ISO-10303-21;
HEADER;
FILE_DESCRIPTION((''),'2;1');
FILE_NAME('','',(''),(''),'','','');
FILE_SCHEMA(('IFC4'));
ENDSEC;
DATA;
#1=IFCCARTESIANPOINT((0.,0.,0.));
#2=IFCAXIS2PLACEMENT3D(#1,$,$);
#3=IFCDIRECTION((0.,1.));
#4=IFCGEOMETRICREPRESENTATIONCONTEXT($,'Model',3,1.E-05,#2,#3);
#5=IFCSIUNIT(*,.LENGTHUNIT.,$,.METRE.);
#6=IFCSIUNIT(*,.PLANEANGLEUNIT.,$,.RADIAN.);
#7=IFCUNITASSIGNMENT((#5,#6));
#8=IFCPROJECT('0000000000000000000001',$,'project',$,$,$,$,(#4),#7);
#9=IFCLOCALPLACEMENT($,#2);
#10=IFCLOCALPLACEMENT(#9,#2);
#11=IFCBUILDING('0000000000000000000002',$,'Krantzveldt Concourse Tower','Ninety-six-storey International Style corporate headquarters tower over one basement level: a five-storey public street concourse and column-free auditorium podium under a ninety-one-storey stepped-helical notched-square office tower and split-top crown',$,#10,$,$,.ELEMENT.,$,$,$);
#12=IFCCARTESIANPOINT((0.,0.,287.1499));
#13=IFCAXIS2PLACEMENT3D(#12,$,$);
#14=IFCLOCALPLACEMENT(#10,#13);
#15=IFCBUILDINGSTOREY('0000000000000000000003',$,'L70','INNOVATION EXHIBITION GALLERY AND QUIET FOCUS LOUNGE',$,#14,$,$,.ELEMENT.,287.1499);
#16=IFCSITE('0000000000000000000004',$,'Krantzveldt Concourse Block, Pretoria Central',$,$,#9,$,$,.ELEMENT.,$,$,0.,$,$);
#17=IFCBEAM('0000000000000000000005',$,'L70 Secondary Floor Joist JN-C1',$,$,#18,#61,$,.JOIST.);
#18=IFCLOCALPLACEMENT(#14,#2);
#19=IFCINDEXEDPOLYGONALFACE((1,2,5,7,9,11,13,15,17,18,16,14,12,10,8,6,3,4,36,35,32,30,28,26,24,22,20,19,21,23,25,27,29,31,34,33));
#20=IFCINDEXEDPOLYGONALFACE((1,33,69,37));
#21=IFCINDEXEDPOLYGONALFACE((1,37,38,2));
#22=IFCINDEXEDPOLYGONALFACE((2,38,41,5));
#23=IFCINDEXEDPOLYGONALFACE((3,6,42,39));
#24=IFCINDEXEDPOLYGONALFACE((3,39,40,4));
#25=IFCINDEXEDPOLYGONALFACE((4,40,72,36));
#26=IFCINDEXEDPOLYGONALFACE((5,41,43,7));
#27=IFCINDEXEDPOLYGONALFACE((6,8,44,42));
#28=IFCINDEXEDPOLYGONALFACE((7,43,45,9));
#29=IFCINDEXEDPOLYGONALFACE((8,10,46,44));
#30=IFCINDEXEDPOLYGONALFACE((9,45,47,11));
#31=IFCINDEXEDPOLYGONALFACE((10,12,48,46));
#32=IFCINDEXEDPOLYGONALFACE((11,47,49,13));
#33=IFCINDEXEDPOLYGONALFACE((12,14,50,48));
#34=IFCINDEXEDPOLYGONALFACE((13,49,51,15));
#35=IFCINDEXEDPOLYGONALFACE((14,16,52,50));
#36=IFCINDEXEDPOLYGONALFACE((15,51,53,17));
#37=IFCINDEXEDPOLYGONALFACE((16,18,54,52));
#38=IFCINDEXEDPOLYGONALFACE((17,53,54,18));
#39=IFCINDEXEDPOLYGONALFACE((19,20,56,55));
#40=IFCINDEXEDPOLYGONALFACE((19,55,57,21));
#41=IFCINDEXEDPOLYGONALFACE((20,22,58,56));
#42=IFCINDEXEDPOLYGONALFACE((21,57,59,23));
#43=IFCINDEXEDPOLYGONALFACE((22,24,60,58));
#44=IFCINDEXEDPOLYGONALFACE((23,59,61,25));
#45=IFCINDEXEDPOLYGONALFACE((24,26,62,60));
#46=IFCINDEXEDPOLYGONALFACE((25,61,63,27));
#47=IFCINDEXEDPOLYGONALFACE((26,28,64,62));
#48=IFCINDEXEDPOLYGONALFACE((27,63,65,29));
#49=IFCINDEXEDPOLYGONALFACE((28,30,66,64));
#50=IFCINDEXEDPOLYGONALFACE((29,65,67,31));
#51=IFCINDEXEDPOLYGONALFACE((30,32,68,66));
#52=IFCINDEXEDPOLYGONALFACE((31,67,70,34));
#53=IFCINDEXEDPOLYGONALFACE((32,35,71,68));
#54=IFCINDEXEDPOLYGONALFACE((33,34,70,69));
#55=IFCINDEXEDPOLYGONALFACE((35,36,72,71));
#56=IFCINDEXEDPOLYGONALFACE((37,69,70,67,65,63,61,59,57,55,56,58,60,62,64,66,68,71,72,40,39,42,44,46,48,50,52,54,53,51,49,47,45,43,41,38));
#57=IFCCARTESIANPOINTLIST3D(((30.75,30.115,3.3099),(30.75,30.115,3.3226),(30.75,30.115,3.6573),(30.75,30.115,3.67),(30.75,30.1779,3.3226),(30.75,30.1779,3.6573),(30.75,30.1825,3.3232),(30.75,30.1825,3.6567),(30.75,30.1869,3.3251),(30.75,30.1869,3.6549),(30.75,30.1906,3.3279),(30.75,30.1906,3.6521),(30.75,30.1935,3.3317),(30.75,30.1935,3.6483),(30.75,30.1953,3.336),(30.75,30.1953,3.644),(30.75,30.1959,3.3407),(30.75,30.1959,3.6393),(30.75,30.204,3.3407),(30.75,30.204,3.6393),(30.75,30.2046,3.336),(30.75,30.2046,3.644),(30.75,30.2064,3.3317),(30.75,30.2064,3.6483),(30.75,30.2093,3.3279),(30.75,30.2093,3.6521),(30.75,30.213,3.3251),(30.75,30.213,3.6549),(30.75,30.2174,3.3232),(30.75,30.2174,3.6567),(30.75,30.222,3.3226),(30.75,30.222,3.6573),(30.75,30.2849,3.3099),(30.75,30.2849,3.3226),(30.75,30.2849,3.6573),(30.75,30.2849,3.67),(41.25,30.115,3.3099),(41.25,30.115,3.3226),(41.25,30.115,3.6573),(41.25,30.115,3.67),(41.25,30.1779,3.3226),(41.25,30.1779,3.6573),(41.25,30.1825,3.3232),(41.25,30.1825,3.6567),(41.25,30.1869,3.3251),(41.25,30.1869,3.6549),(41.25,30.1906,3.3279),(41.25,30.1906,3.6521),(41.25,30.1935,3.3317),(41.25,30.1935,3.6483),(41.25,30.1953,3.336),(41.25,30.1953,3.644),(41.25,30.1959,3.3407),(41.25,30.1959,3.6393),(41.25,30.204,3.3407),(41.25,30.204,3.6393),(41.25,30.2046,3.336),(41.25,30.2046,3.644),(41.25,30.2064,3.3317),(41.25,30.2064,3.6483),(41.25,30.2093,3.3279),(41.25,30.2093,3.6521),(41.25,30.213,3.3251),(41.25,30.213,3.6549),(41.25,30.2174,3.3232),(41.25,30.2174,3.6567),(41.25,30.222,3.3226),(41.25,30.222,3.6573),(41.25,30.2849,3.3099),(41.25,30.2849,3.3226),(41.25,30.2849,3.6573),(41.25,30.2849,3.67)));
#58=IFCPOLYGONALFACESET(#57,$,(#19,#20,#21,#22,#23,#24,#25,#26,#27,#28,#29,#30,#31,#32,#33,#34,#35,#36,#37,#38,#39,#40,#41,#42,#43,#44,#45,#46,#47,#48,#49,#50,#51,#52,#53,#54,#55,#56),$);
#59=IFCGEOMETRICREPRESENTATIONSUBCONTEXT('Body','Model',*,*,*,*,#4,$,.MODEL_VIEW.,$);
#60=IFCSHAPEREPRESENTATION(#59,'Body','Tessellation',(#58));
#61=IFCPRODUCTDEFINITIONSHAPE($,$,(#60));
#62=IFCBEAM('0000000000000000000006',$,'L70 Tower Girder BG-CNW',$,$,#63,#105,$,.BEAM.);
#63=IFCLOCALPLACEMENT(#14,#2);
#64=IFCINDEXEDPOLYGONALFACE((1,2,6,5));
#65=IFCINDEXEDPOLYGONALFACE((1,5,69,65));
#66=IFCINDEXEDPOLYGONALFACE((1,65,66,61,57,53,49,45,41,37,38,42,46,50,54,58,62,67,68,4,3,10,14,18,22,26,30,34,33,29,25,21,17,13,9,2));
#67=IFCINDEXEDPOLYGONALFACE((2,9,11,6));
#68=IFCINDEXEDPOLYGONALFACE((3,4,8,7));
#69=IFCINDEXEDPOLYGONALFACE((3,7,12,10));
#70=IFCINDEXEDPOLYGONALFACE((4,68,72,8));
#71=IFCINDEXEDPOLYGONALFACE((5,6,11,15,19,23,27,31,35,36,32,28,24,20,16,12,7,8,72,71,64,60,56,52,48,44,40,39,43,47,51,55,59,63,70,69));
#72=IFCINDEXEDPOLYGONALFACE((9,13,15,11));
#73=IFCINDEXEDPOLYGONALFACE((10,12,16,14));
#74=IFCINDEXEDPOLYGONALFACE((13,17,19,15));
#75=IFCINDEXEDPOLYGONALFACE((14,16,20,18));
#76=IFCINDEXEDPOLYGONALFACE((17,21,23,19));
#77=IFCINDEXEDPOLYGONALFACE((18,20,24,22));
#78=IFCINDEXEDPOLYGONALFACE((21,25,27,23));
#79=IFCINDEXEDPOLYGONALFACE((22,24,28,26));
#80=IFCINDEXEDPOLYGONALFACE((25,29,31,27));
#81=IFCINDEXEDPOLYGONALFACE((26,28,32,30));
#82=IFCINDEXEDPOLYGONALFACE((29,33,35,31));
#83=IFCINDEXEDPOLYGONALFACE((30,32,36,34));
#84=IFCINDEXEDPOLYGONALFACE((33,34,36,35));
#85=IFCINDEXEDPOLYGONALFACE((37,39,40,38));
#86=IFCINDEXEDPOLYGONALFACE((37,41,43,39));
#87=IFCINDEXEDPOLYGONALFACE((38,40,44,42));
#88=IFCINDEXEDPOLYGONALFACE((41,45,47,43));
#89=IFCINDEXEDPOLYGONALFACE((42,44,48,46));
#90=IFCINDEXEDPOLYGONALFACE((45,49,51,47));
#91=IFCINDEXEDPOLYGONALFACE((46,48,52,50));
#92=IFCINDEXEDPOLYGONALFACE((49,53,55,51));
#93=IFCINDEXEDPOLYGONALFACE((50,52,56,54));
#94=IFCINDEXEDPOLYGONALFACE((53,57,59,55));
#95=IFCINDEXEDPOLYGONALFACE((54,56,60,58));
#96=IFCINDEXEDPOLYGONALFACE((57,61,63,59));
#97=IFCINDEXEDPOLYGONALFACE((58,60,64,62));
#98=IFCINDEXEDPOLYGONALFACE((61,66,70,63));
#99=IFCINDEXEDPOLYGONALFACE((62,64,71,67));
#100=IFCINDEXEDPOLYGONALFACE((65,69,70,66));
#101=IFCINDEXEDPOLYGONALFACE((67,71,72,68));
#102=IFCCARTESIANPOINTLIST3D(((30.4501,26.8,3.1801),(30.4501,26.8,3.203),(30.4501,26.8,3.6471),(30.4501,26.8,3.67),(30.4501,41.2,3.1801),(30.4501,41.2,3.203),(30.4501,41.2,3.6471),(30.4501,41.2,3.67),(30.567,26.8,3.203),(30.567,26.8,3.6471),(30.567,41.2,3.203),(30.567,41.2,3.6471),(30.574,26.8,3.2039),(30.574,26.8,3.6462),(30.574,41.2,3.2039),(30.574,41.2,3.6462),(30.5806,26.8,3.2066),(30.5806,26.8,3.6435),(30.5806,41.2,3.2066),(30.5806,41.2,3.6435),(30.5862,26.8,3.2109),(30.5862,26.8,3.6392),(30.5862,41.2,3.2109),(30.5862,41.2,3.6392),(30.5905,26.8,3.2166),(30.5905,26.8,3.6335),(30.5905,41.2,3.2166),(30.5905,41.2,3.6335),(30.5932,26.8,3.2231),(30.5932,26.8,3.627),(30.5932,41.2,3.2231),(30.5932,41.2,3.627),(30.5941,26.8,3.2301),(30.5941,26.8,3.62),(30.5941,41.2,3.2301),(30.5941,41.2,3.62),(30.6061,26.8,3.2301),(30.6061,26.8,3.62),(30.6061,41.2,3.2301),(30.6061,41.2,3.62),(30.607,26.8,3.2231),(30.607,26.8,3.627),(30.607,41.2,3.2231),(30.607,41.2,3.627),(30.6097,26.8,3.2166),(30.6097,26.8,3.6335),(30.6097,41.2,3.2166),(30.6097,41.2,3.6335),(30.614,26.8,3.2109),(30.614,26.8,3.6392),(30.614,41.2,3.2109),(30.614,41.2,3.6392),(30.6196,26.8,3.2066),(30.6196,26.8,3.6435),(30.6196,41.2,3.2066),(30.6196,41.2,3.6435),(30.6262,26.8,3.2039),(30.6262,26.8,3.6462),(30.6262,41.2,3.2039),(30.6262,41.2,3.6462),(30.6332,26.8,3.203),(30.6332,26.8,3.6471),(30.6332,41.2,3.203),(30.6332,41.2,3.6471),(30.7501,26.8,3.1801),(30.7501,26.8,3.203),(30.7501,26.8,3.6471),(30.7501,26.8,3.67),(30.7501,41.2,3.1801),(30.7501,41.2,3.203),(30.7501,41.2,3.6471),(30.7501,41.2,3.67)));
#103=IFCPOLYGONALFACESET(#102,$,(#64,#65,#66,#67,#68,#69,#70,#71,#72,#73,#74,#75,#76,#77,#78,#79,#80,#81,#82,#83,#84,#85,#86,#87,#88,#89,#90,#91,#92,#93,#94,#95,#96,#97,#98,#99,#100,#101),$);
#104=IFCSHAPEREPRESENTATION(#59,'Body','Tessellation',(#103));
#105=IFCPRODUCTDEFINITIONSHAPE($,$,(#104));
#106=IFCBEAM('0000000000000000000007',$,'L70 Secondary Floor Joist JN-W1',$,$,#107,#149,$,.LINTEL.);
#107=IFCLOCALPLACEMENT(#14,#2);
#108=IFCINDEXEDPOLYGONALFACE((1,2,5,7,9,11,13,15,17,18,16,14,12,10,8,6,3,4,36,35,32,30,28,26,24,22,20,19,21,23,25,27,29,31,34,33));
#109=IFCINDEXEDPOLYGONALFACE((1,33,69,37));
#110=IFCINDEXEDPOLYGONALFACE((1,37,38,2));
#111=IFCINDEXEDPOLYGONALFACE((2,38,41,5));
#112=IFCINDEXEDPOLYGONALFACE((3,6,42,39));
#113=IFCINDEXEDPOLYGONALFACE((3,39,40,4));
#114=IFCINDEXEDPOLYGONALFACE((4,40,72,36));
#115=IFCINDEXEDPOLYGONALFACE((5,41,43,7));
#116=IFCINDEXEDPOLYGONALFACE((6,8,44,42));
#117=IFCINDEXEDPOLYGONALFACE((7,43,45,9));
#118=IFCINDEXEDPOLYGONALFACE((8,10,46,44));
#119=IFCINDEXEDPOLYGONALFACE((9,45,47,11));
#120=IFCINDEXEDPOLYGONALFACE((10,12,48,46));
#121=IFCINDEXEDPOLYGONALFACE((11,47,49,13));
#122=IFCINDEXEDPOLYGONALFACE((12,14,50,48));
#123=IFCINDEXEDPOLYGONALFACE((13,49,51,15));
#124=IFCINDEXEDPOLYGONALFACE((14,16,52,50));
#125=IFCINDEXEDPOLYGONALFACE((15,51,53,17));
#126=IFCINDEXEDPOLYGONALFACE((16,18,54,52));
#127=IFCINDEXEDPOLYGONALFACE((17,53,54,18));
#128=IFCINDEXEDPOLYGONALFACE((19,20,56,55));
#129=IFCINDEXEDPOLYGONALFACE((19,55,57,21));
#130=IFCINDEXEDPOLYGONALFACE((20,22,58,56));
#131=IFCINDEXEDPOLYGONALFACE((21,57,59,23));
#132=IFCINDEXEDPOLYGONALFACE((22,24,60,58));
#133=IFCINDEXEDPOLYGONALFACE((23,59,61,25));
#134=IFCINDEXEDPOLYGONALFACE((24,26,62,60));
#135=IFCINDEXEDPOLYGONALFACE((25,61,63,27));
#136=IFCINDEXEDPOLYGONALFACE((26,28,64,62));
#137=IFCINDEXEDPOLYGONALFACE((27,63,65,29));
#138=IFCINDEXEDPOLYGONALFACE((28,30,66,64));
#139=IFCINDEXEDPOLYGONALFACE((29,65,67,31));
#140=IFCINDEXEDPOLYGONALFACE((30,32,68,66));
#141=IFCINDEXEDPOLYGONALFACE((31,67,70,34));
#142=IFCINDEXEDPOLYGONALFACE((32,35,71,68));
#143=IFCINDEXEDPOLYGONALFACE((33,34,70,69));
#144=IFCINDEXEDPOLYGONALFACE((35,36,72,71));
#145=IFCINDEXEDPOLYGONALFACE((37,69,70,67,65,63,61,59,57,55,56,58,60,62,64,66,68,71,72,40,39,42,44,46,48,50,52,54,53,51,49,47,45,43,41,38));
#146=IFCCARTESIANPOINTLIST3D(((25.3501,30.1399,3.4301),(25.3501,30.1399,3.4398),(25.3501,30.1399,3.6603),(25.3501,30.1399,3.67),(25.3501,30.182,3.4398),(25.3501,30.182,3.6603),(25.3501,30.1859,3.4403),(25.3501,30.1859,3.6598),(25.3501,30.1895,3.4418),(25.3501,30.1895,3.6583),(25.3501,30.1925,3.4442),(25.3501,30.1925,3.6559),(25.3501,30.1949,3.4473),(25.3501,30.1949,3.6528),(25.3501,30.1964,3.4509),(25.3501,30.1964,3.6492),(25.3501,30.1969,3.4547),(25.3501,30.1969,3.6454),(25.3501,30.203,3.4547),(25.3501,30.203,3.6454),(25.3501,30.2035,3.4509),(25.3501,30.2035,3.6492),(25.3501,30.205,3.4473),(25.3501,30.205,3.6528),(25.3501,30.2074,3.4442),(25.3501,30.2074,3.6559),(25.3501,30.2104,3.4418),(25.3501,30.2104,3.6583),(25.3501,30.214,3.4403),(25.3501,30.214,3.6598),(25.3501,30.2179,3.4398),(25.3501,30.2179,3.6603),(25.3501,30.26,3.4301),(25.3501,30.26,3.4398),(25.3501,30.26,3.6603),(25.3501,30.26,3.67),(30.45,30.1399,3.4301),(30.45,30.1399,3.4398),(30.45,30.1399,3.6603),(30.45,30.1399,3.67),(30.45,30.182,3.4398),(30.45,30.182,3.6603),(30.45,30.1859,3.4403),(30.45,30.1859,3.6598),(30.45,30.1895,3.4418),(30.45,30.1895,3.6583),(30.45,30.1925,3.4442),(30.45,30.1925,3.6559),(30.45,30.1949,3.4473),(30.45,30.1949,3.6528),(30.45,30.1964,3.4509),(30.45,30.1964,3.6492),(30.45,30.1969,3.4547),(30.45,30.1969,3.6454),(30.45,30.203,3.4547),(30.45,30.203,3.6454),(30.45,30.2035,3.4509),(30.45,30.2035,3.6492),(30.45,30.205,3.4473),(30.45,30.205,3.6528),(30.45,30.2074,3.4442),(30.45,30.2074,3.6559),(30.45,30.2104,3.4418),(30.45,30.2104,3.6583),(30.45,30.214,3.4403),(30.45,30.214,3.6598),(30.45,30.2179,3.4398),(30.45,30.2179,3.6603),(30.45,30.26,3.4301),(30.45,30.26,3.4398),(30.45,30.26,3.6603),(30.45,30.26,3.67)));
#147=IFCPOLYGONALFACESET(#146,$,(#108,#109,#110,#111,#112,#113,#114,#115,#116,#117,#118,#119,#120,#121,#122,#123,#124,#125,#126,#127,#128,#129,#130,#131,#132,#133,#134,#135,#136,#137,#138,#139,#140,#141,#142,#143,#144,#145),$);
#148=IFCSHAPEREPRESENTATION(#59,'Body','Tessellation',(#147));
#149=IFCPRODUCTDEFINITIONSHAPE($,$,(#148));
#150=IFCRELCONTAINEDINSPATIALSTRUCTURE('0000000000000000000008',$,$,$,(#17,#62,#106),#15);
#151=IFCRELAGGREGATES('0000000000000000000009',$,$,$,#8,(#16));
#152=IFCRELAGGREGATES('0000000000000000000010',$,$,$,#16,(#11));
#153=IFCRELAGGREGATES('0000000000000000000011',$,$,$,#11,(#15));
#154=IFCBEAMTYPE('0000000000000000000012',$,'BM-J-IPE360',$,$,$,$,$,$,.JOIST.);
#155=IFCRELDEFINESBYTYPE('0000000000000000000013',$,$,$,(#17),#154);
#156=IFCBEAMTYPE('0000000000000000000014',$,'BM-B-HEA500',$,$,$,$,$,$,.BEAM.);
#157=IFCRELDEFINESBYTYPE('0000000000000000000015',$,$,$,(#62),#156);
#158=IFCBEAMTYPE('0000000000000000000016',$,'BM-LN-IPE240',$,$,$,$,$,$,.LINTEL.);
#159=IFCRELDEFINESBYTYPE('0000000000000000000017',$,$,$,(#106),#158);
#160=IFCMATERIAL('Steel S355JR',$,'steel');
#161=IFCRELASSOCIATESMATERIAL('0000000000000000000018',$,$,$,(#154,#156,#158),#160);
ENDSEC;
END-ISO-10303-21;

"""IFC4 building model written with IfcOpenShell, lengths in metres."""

from ifc_helpers import new_model, si_unit, direction, frame, origin, origin_2d, place, context, subcontext, project, spatial, i_section, extrude, source, transform, mapped, material, material_profile, profile_set, type_object, type_shapes, element, save


model = new_model("IFC4")

# Units and contexts
model_context = context("Model", 3, precision=1e-05, world=origin(), true_north=direction((0.0, 1.0)))
body_context = subcontext(model_context, "Body", "Model", "MODEL_VIEW")
ifc_project = project(units=[si_unit("LENGTHUNIT", "METRE"), si_unit("PLANEANGLEUNIT", "RADIAN")], contexts=[model_context])

# Site, building, storey
site_placement = place(None, origin())
site = spatial("IfcSite", under=ifc_project, at=site_placement, Name="Krantzveldt Concourse Block, Pretoria Central", CompositionType="ELEMENT", RefElevation=0.0)
building_placement = place(site_placement, origin())
building = spatial("IfcBuilding", under=site, at=building_placement, Name="Krantzveldt Concourse Tower", Description="Ninety-six-storey International Style corporate headquarters tower over one basement level: a five-storey public street concourse and column-free auditorium podium under a ninety-one-storey stepped-helical notched-square office tower and split-top crown", CompositionType="ELEMENT")
storey_placement = place(building_placement, frame((0.0, 0.0, 287.1499)))
storey = spatial("IfcBuildingStorey", under=building, at=storey_placement, Name="L70", Description="INNOVATION EXHIBITION GALLERY AND QUIET FOCUS LOUNGE", CompositionType="ELEMENT", Elevation=287.1499)

# Beams
ifc_material_1 = material(Name="Steel S355JR", Category="steel")
ifc_material_profile_1 = material_profile(ifc_material_1, i_section(OverallWidth=0.1699, OverallDepth=0.3601, WebThickness=0.0081, FlangeThickness=0.0127, FilletRadius=0.0181, at=origin_2d()), Name="Steel S355JR", Category="steel")
ifc_profile_set_1 = profile_set([ifc_material_profile_1], Name="Steel S355JR - IPE 360")
beam_type_1 = type_object("IfcBeamType", Name="BM-J-IPE360", PredefinedType="JOIST", material=ifc_profile_set_1)
shared_shape_1 = source(origin(), body_context, "Body", "SweptSolid", [
    extrude(i_section(OverallWidth=0.1699, OverallDepth=0.3601, WebThickness=0.0081, FlangeThickness=0.0127, FilletRadius=0.0181, at=origin_2d()), origin(), (0.0, 0.0, 1.0), 10.5),
])
type_shapes(beam_type_1, [shared_shape_1])
beam_1_placement = place(storey_placement, frame((30.75, 30.2, 3.49), z_axis=(1.0, 0.0, 0.0), x_axis=(0.0, 1.0, 0.0)))
element("IfcBeam", 1, at=beam_1_placement, inside=storey, type_object=beam_type_1, Name="L70 Secondary Floor Joist JN-C1", PredefinedType="JOIST", context=body_context, shape_type="MappedRepresentation", body=[
    mapped(shared_shape_1, transform((0.0, 0.0, 0.0), x_axis=(1.0, 0.0, 0.0), y_axis=(0.0, 1.0, 0.0), z_axis=(0.0, 0.0, 1.0), scale=1.0)),
])
ifc_material_profile_2 = material_profile(ifc_material_1, i_section(OverallWidth=0.3, OverallDepth=0.49, WebThickness=0.012, FlangeThickness=0.0229, FilletRadius=0.0271, at=origin_2d()), Name="Steel S355JR", Category="steel")
ifc_profile_set_2 = profile_set([ifc_material_profile_2], Name="Steel S355JR - HEA 500")
beam_type_2 = type_object("IfcBeamType", Name="BM-B-HEA500", PredefinedType="BEAM", material=ifc_profile_set_2)
shared_shape_2 = source(origin(), body_context, "Body", "SweptSolid", [
    extrude(i_section(OverallWidth=0.3, OverallDepth=0.49, WebThickness=0.012, FlangeThickness=0.0229, FilletRadius=0.0271, at=origin_2d()), origin(), (0.0, 0.0, 1.0), 14.3999),
])
type_shapes(beam_type_2, [shared_shape_2])
beam_2_placement = place(storey_placement, frame((30.6001, 26.8, 3.425), z_axis=(0.0, 1.0, 0.0), x_axis=(-1.0, 0.0, 0.0)))
element("IfcBeam", 2, at=beam_2_placement, inside=storey, type_object=beam_type_2, Name="L70 Tower Girder BG-CNW", PredefinedType="BEAM", context=body_context, shape_type="MappedRepresentation", body=[
    mapped(shared_shape_2, transform((0.0, 0.0, 0.0), x_axis=(1.0, 0.0, 0.0), y_axis=(0.0, 1.0, 0.0), z_axis=(0.0, 0.0, 1.0), scale=1.0)),
])
ifc_material_profile_3 = material_profile(ifc_material_1, i_section(OverallWidth=0.1201, OverallDepth=0.24, WebThickness=0.0061, FlangeThickness=0.0098, FilletRadius=0.0149, at=origin_2d()), Name="Steel S355JR", Category="steel")
ifc_profile_set_3 = profile_set([ifc_material_profile_3], Name="Steel S355JR - IPE 240")
beam_type_3 = type_object("IfcBeamType", Name="BM-LN-IPE240", PredefinedType="LINTEL", material=ifc_profile_set_3)
shared_shape_3 = source(origin(), body_context, "Body", "SweptSolid", [
    extrude(i_section(OverallWidth=0.1201, OverallDepth=0.24, WebThickness=0.0061, FlangeThickness=0.0098, FilletRadius=0.0149, at=origin_2d()), origin(), (0.0, 0.0, 1.0), 5.0999),
])
type_shapes(beam_type_3, [shared_shape_3])
for number, where, z_axis, x_axis, name in (
    (3, (25.3501, 30.2, 3.55), (1.0, 0.0, 0.0), (0.0, 1.0, 0.0), "L70 Secondary Floor Joist JN-W1"),
):
    element("IfcBeam", number, at=place(storey_placement, frame(where, z_axis=z_axis, x_axis=x_axis)), inside=storey, type_object=beam_type_3, Name=name, PredefinedType="LINTEL", context=body_context, shape_type="MappedRepresentation", body=[
        mapped(shared_shape_3, transform((0.0, 0.0, 0.0), x_axis=(1.0, 0.0, 0.0), y_axis=(0.0, 1.0, 0.0), z_axis=(0.0, 0.0, 1.0), scale=1.0)),
    ])

save(model, "model.ifc")
